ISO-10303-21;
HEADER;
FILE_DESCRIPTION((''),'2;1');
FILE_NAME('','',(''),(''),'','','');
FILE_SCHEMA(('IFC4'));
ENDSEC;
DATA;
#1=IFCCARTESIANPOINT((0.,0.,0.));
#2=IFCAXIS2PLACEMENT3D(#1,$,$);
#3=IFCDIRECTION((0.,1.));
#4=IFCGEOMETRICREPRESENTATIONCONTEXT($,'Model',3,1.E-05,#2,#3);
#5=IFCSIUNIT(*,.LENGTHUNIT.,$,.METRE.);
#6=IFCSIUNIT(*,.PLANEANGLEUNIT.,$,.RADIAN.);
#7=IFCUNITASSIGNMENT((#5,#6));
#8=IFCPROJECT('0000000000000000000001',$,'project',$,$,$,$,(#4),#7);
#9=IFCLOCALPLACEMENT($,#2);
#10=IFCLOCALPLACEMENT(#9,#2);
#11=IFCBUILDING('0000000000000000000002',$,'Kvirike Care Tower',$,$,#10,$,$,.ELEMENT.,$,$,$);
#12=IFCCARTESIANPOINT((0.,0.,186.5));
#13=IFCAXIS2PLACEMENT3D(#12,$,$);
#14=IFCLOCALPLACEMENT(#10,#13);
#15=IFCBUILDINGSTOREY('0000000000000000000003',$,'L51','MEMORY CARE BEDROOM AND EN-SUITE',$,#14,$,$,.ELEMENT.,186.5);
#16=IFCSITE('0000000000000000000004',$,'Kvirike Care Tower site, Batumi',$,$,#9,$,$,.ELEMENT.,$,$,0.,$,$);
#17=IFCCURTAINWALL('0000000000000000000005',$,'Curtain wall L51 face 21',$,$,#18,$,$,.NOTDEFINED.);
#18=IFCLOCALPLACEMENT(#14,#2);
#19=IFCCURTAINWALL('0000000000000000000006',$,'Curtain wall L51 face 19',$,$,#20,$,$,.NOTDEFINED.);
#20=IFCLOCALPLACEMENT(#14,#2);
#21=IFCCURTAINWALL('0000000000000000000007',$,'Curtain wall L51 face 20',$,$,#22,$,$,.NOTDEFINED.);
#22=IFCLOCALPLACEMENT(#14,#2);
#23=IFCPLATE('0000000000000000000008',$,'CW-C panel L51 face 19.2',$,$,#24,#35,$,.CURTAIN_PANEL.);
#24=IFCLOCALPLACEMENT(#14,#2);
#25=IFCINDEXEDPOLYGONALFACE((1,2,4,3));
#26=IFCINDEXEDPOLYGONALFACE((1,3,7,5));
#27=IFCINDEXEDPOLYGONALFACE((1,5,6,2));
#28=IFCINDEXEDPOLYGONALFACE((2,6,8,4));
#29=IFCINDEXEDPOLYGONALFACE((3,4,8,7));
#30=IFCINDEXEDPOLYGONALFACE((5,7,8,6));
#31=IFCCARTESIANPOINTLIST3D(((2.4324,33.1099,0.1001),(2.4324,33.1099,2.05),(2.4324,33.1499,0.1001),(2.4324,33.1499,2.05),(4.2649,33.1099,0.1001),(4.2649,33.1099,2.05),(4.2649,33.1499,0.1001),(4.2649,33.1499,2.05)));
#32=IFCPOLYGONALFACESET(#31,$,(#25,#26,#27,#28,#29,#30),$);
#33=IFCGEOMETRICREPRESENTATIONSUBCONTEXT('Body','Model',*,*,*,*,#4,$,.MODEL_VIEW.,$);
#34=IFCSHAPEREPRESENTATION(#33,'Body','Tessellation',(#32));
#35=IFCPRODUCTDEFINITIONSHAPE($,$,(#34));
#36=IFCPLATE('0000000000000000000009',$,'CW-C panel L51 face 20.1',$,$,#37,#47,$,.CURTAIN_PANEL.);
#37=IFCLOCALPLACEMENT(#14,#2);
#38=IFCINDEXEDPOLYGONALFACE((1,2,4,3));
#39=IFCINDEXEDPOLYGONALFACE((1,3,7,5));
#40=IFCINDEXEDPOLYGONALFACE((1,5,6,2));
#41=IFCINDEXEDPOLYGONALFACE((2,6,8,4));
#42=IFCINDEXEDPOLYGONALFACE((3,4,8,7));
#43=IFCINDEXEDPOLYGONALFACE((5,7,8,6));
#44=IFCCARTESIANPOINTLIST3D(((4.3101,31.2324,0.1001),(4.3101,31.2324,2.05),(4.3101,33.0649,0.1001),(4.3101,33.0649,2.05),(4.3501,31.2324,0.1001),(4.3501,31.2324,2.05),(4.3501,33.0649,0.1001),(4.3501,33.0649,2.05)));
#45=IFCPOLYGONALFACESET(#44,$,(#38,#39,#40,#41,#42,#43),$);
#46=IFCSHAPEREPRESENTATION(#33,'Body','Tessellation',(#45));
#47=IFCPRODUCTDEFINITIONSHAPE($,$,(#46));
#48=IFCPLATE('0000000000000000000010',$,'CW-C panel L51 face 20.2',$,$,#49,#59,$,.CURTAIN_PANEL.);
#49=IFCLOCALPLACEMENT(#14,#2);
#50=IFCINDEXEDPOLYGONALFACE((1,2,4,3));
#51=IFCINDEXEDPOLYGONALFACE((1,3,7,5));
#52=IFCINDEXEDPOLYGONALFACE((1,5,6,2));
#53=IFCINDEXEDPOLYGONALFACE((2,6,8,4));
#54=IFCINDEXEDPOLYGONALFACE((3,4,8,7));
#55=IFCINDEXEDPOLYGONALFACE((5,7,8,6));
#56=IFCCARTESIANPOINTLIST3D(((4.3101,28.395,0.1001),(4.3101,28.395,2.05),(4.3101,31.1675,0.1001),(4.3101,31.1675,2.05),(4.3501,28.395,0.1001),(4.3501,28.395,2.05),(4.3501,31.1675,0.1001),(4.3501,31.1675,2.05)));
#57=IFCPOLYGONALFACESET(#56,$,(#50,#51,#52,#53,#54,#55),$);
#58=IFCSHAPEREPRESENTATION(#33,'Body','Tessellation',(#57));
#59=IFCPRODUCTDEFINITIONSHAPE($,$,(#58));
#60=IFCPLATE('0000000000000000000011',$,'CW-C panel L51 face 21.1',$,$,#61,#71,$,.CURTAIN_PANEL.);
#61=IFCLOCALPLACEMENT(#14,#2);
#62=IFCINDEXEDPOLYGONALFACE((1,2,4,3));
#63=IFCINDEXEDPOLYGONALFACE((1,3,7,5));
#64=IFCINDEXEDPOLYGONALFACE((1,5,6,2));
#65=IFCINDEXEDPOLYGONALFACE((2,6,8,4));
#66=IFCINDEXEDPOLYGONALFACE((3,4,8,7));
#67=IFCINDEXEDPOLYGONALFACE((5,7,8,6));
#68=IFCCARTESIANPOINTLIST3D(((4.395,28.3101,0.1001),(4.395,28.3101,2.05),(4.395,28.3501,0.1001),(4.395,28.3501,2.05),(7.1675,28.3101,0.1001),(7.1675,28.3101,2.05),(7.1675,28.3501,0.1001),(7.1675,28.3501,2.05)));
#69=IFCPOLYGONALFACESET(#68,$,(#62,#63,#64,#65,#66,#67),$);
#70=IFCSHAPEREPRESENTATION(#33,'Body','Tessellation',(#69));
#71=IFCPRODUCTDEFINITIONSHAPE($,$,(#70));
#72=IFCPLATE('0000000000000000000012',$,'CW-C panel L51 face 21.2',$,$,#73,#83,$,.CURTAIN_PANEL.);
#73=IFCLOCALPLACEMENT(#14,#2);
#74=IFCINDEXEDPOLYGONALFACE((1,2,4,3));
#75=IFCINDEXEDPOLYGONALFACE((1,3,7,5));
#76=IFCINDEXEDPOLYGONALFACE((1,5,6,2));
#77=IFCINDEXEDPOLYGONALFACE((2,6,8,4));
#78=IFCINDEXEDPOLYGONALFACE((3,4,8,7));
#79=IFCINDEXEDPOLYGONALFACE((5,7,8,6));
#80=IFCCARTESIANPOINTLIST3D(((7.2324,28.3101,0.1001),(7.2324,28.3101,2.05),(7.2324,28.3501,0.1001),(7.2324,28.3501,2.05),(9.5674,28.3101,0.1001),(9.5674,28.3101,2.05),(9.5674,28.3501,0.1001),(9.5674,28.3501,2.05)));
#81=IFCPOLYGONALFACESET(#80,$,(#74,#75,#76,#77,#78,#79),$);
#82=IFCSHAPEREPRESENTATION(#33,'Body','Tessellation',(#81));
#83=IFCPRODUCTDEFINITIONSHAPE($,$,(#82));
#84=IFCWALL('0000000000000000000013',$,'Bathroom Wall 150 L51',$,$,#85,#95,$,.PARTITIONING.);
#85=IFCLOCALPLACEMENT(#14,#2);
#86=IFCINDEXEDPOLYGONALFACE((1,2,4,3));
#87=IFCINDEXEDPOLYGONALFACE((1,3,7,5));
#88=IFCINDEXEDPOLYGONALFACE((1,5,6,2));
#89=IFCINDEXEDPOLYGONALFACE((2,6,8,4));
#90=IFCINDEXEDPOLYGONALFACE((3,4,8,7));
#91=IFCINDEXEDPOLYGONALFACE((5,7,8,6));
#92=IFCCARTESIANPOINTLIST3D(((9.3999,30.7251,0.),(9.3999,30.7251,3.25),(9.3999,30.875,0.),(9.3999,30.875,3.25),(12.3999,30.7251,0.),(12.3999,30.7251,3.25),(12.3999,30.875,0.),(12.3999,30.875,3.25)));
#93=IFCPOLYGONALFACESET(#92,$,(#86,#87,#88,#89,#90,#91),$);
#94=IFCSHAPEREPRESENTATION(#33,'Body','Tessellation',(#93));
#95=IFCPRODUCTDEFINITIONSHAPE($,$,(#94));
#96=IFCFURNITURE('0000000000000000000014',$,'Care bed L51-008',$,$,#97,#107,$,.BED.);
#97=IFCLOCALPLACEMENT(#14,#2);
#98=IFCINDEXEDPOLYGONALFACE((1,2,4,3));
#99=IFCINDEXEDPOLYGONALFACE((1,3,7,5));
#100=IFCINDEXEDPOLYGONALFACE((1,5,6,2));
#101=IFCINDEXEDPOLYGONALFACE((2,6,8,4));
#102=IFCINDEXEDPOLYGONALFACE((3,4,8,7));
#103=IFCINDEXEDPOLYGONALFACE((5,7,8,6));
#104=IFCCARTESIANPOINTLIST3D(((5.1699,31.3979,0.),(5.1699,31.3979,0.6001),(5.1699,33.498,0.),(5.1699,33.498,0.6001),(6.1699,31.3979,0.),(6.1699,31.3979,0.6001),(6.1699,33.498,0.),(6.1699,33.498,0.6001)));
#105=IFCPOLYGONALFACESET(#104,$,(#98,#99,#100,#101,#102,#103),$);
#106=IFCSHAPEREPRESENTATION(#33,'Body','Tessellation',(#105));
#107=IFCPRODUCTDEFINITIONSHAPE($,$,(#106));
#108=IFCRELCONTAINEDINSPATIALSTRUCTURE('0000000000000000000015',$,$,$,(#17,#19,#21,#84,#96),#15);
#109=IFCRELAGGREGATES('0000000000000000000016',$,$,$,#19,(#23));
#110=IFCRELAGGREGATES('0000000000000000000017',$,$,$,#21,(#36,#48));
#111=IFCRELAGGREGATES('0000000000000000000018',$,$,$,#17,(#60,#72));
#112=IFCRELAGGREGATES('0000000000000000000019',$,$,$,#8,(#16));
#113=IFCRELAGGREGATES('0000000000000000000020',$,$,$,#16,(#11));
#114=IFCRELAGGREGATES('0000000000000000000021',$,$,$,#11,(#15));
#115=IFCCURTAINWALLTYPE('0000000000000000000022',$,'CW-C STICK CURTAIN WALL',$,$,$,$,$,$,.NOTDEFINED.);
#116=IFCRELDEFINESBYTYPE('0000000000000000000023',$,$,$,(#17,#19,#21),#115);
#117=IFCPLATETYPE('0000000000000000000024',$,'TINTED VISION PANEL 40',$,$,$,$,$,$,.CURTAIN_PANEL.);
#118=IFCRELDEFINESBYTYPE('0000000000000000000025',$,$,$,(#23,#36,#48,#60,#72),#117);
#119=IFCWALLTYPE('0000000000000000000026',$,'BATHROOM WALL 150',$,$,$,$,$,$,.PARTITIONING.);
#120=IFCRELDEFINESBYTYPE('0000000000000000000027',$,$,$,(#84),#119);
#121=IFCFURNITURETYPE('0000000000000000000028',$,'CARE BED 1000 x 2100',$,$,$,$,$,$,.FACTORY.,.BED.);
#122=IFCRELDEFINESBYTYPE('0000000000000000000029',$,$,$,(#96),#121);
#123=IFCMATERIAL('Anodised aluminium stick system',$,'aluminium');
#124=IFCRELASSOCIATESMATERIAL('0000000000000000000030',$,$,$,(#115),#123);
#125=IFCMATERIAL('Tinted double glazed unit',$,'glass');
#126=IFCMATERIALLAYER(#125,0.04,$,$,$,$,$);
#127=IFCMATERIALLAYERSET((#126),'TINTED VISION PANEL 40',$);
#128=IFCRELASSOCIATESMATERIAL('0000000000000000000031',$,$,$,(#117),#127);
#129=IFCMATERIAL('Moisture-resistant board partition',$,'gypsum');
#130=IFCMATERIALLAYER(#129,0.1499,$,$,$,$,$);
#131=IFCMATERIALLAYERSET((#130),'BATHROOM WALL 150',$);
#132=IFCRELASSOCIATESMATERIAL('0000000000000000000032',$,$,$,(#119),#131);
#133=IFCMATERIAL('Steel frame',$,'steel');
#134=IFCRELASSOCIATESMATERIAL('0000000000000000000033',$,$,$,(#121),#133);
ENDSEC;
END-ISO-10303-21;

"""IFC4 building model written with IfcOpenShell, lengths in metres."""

from ifc_helpers import new_model, si_unit, direction, frame, frame_2d, origin, origin_2d, place, context, subcontext, project, spatial, rectangle, extrude, material, layer, layer_set, type_object, element, aggregate, save


model = new_model("IFC4")

# Units and contexts
model_context = context("Model", 3, precision=1e-05, world=origin(), true_north=direction((0.0, 1.0)))
body_context = subcontext(model_context, "Body", "Model", "MODEL_VIEW")
ifc_project = project(units=[si_unit("LENGTHUNIT", "METRE"), si_unit("PLANEANGLEUNIT", "RADIAN")], contexts=[model_context])

# Site, building, storey
site_placement = place(None, origin())
site = spatial("IfcSite", under=ifc_project, at=site_placement, Name="Kvirike Care Tower site, Batumi", CompositionType="ELEMENT", RefElevation=0.0)
building_placement = place(site_placement, origin())
building = spatial("IfcBuilding", under=site, at=building_placement, Name="Kvirike Care Tower", CompositionType="ELEMENT")
storey_placement = place(building_placement, frame((0.0, 0.0, 186.5)))
storey = spatial("IfcBuildingStorey", under=building, at=storey_placement, Name="L51", Description="MEMORY CARE BEDROOM AND EN-SUITE", CompositionType="ELEMENT", Elevation=186.5)

# Curtain wall
ifc_material_1 = material(Name="Anodised aluminium stick system", Category="aluminium")
curtain_wall_type = type_object("IfcCurtainWallType", Name="CW-C STICK CURTAIN WALL", PredefinedType="NOTDEFINED", material=ifc_material_1)
curtain_wall_1_placement = place(storey_placement, origin())
curtain_wall_1 = element("IfcCurtainWall", 1, at=curtain_wall_1_placement, inside=storey, type_object=curtain_wall_type, Name="Curtain wall L51 face 21", PredefinedType="NOTDEFINED")

# Curtain walls
curtain_wall_2_placement = place(storey_placement, origin())
curtain_wall_2 = element("IfcCurtainWall", 2, at=curtain_wall_2_placement, inside=storey, type_object=curtain_wall_type, Name="Curtain wall L51 face 19", PredefinedType="NOTDEFINED")
curtain_wall_3_placement = place(storey_placement, origin())
curtain_wall_3 = element("IfcCurtainWall", 3, at=curtain_wall_3_placement, inside=storey, type_object=curtain_wall_type, Name="Curtain wall L51 face 20", PredefinedType="NOTDEFINED")

# Plates
ifc_material_2 = material(Name="Tinted double glazed unit", Category="glass")
ifc_layer_1 = layer(ifc_material_2, 0.04)
ifc_layer_set_1 = layer_set([ifc_layer_1], Name="TINTED VISION PANEL 40")
plate_type = type_object("IfcPlateType", Name="TINTED VISION PANEL 40", PredefinedType="CURTAIN_PANEL", material=ifc_layer_set_1)
plate_1_placement = place(storey_placement, frame((3.3486, 33.1299, 0.1001), z_axis=(0.0, 0.0, 1.0), x_axis=(1.0, 0.0, 0.0)))
plate_1 = element("IfcPlate", 4, at=plate_1_placement, type_object=plate_type, Name="CW-C panel L51 face 19.2", PredefinedType="CURTAIN_PANEL", context=body_context, shape_type="SweptSolid", body=[
    extrude(rectangle(XDim=1.8325, YDim=0.04, at=origin_2d()), origin(), (0.0, 0.0, 1.0), 1.95),
])
aggregate(curtain_wall_2, [plate_1])
plate_2_placement = place(storey_placement, frame((4.3301, 32.1487, 0.1001), z_axis=(0.0, 0.0, 1.0), x_axis=(0.0, -1.0, 0.0)))
plate_2 = element("IfcPlate", 5, at=plate_2_placement, type_object=plate_type, Name="CW-C panel L51 face 20.1", PredefinedType="CURTAIN_PANEL", context=body_context, shape_type="SweptSolid", body=[
    extrude(rectangle(XDim=1.8325, YDim=0.04, at=origin_2d()), origin(), (0.0, 0.0, 1.0), 1.95),
])
plate_3_placement = place(storey_placement, frame((4.3301, 29.7812, 0.1001), z_axis=(0.0, 0.0, 1.0), x_axis=(0.0, -1.0, 0.0)))
plate_3 = element("IfcPlate", 6, at=plate_3_placement, type_object=plate_type, Name="CW-C panel L51 face 20.2", PredefinedType="CURTAIN_PANEL", context=body_context, shape_type="SweptSolid", body=[
    extrude(rectangle(XDim=2.7725, YDim=0.04, at=origin_2d()), origin(), (0.0, 0.0, 1.0), 1.95),
])
aggregate(curtain_wall_3, [plate_2, plate_3])
plate_4_placement = place(storey_placement, frame((5.7812, 28.3301, 0.1001), z_axis=(0.0, 0.0, 1.0), x_axis=(1.0, 0.0, 0.0)))
plate_4 = element("IfcPlate", 7, at=plate_4_placement, type_object=plate_type, Name="CW-C panel L51 face 21.1", PredefinedType="CURTAIN_PANEL", context=body_context, shape_type="SweptSolid", body=[
    extrude(rectangle(XDim=2.7725, YDim=0.04, at=origin_2d()), origin(), (0.0, 0.0, 1.0), 1.95),
])
plate_5_placement = place(storey_placement, frame((8.3999, 28.3301, 0.1001), z_axis=(0.0, 0.0, 1.0), x_axis=(1.0, 0.0, 0.0)))
plate_5 = element("IfcPlate", 8, at=plate_5_placement, type_object=plate_type, Name="CW-C panel L51 face 21.2", PredefinedType="CURTAIN_PANEL", context=body_context, shape_type="SweptSolid", body=[
    extrude(rectangle(XDim=2.335, YDim=0.04, at=origin_2d()), origin(), (0.0, 0.0, 1.0), 1.95),
])
aggregate(curtain_wall_1, [plate_4, plate_5])

# Wall
ifc_material_3 = material(Name="Moisture-resistant board partition", Category="gypsum")
ifc_layer_2 = layer(ifc_material_3, 0.1499)
ifc_layer_set_2 = layer_set([ifc_layer_2], Name="BATHROOM WALL 150")
wall_type = type_object("IfcWallType", Name="BATHROOM WALL 150", PredefinedType="PARTITIONING", material=ifc_layer_set_2)
wall_placement = place(storey_placement, frame((9.3999, 30.8, 0.0), z_axis=(0.0, 0.0, 1.0), x_axis=(1.0, 0.0, 0.0)))
element("IfcWall", 9, at=wall_placement, inside=storey, type_object=wall_type, Name="Bathroom Wall 150 L51", PredefinedType="PARTITIONING", context=body_context, shape_type="SweptSolid", body=[
    extrude(rectangle(XDim=3.0, YDim=0.1499, at=frame_2d((1.5, 0.0))), origin(), (0.0, 0.0, 1.0), 3.25),
])

# Furniture
ifc_material_4 = material(Name="Steel frame", Category="steel")
furniture_type = type_object("IfcFurnitureType", Name="CARE BED 1000 x 2100", AssemblyPlace="FACTORY", PredefinedType="BED", material=ifc_material_4)
furniture_placement = place(storey_placement, frame((5.6699, 32.448, 0.0), z_axis=(0.0, 0.0, 1.0), x_axis=(1.0, 0.0, 0.0)))
element("IfcFurniture", 10, at=furniture_placement, inside=storey, type_object=furniture_type, Name="Care bed L51-008", PredefinedType="BED", context=body_context, shape_type="SweptSolid", body=[
    extrude(rectangle(XDim=1.0, YDim=2.1001, at=origin_2d()), origin(), (0.0, 0.0, 1.0), 0.6001),
])

save(model, "model.ifc")
